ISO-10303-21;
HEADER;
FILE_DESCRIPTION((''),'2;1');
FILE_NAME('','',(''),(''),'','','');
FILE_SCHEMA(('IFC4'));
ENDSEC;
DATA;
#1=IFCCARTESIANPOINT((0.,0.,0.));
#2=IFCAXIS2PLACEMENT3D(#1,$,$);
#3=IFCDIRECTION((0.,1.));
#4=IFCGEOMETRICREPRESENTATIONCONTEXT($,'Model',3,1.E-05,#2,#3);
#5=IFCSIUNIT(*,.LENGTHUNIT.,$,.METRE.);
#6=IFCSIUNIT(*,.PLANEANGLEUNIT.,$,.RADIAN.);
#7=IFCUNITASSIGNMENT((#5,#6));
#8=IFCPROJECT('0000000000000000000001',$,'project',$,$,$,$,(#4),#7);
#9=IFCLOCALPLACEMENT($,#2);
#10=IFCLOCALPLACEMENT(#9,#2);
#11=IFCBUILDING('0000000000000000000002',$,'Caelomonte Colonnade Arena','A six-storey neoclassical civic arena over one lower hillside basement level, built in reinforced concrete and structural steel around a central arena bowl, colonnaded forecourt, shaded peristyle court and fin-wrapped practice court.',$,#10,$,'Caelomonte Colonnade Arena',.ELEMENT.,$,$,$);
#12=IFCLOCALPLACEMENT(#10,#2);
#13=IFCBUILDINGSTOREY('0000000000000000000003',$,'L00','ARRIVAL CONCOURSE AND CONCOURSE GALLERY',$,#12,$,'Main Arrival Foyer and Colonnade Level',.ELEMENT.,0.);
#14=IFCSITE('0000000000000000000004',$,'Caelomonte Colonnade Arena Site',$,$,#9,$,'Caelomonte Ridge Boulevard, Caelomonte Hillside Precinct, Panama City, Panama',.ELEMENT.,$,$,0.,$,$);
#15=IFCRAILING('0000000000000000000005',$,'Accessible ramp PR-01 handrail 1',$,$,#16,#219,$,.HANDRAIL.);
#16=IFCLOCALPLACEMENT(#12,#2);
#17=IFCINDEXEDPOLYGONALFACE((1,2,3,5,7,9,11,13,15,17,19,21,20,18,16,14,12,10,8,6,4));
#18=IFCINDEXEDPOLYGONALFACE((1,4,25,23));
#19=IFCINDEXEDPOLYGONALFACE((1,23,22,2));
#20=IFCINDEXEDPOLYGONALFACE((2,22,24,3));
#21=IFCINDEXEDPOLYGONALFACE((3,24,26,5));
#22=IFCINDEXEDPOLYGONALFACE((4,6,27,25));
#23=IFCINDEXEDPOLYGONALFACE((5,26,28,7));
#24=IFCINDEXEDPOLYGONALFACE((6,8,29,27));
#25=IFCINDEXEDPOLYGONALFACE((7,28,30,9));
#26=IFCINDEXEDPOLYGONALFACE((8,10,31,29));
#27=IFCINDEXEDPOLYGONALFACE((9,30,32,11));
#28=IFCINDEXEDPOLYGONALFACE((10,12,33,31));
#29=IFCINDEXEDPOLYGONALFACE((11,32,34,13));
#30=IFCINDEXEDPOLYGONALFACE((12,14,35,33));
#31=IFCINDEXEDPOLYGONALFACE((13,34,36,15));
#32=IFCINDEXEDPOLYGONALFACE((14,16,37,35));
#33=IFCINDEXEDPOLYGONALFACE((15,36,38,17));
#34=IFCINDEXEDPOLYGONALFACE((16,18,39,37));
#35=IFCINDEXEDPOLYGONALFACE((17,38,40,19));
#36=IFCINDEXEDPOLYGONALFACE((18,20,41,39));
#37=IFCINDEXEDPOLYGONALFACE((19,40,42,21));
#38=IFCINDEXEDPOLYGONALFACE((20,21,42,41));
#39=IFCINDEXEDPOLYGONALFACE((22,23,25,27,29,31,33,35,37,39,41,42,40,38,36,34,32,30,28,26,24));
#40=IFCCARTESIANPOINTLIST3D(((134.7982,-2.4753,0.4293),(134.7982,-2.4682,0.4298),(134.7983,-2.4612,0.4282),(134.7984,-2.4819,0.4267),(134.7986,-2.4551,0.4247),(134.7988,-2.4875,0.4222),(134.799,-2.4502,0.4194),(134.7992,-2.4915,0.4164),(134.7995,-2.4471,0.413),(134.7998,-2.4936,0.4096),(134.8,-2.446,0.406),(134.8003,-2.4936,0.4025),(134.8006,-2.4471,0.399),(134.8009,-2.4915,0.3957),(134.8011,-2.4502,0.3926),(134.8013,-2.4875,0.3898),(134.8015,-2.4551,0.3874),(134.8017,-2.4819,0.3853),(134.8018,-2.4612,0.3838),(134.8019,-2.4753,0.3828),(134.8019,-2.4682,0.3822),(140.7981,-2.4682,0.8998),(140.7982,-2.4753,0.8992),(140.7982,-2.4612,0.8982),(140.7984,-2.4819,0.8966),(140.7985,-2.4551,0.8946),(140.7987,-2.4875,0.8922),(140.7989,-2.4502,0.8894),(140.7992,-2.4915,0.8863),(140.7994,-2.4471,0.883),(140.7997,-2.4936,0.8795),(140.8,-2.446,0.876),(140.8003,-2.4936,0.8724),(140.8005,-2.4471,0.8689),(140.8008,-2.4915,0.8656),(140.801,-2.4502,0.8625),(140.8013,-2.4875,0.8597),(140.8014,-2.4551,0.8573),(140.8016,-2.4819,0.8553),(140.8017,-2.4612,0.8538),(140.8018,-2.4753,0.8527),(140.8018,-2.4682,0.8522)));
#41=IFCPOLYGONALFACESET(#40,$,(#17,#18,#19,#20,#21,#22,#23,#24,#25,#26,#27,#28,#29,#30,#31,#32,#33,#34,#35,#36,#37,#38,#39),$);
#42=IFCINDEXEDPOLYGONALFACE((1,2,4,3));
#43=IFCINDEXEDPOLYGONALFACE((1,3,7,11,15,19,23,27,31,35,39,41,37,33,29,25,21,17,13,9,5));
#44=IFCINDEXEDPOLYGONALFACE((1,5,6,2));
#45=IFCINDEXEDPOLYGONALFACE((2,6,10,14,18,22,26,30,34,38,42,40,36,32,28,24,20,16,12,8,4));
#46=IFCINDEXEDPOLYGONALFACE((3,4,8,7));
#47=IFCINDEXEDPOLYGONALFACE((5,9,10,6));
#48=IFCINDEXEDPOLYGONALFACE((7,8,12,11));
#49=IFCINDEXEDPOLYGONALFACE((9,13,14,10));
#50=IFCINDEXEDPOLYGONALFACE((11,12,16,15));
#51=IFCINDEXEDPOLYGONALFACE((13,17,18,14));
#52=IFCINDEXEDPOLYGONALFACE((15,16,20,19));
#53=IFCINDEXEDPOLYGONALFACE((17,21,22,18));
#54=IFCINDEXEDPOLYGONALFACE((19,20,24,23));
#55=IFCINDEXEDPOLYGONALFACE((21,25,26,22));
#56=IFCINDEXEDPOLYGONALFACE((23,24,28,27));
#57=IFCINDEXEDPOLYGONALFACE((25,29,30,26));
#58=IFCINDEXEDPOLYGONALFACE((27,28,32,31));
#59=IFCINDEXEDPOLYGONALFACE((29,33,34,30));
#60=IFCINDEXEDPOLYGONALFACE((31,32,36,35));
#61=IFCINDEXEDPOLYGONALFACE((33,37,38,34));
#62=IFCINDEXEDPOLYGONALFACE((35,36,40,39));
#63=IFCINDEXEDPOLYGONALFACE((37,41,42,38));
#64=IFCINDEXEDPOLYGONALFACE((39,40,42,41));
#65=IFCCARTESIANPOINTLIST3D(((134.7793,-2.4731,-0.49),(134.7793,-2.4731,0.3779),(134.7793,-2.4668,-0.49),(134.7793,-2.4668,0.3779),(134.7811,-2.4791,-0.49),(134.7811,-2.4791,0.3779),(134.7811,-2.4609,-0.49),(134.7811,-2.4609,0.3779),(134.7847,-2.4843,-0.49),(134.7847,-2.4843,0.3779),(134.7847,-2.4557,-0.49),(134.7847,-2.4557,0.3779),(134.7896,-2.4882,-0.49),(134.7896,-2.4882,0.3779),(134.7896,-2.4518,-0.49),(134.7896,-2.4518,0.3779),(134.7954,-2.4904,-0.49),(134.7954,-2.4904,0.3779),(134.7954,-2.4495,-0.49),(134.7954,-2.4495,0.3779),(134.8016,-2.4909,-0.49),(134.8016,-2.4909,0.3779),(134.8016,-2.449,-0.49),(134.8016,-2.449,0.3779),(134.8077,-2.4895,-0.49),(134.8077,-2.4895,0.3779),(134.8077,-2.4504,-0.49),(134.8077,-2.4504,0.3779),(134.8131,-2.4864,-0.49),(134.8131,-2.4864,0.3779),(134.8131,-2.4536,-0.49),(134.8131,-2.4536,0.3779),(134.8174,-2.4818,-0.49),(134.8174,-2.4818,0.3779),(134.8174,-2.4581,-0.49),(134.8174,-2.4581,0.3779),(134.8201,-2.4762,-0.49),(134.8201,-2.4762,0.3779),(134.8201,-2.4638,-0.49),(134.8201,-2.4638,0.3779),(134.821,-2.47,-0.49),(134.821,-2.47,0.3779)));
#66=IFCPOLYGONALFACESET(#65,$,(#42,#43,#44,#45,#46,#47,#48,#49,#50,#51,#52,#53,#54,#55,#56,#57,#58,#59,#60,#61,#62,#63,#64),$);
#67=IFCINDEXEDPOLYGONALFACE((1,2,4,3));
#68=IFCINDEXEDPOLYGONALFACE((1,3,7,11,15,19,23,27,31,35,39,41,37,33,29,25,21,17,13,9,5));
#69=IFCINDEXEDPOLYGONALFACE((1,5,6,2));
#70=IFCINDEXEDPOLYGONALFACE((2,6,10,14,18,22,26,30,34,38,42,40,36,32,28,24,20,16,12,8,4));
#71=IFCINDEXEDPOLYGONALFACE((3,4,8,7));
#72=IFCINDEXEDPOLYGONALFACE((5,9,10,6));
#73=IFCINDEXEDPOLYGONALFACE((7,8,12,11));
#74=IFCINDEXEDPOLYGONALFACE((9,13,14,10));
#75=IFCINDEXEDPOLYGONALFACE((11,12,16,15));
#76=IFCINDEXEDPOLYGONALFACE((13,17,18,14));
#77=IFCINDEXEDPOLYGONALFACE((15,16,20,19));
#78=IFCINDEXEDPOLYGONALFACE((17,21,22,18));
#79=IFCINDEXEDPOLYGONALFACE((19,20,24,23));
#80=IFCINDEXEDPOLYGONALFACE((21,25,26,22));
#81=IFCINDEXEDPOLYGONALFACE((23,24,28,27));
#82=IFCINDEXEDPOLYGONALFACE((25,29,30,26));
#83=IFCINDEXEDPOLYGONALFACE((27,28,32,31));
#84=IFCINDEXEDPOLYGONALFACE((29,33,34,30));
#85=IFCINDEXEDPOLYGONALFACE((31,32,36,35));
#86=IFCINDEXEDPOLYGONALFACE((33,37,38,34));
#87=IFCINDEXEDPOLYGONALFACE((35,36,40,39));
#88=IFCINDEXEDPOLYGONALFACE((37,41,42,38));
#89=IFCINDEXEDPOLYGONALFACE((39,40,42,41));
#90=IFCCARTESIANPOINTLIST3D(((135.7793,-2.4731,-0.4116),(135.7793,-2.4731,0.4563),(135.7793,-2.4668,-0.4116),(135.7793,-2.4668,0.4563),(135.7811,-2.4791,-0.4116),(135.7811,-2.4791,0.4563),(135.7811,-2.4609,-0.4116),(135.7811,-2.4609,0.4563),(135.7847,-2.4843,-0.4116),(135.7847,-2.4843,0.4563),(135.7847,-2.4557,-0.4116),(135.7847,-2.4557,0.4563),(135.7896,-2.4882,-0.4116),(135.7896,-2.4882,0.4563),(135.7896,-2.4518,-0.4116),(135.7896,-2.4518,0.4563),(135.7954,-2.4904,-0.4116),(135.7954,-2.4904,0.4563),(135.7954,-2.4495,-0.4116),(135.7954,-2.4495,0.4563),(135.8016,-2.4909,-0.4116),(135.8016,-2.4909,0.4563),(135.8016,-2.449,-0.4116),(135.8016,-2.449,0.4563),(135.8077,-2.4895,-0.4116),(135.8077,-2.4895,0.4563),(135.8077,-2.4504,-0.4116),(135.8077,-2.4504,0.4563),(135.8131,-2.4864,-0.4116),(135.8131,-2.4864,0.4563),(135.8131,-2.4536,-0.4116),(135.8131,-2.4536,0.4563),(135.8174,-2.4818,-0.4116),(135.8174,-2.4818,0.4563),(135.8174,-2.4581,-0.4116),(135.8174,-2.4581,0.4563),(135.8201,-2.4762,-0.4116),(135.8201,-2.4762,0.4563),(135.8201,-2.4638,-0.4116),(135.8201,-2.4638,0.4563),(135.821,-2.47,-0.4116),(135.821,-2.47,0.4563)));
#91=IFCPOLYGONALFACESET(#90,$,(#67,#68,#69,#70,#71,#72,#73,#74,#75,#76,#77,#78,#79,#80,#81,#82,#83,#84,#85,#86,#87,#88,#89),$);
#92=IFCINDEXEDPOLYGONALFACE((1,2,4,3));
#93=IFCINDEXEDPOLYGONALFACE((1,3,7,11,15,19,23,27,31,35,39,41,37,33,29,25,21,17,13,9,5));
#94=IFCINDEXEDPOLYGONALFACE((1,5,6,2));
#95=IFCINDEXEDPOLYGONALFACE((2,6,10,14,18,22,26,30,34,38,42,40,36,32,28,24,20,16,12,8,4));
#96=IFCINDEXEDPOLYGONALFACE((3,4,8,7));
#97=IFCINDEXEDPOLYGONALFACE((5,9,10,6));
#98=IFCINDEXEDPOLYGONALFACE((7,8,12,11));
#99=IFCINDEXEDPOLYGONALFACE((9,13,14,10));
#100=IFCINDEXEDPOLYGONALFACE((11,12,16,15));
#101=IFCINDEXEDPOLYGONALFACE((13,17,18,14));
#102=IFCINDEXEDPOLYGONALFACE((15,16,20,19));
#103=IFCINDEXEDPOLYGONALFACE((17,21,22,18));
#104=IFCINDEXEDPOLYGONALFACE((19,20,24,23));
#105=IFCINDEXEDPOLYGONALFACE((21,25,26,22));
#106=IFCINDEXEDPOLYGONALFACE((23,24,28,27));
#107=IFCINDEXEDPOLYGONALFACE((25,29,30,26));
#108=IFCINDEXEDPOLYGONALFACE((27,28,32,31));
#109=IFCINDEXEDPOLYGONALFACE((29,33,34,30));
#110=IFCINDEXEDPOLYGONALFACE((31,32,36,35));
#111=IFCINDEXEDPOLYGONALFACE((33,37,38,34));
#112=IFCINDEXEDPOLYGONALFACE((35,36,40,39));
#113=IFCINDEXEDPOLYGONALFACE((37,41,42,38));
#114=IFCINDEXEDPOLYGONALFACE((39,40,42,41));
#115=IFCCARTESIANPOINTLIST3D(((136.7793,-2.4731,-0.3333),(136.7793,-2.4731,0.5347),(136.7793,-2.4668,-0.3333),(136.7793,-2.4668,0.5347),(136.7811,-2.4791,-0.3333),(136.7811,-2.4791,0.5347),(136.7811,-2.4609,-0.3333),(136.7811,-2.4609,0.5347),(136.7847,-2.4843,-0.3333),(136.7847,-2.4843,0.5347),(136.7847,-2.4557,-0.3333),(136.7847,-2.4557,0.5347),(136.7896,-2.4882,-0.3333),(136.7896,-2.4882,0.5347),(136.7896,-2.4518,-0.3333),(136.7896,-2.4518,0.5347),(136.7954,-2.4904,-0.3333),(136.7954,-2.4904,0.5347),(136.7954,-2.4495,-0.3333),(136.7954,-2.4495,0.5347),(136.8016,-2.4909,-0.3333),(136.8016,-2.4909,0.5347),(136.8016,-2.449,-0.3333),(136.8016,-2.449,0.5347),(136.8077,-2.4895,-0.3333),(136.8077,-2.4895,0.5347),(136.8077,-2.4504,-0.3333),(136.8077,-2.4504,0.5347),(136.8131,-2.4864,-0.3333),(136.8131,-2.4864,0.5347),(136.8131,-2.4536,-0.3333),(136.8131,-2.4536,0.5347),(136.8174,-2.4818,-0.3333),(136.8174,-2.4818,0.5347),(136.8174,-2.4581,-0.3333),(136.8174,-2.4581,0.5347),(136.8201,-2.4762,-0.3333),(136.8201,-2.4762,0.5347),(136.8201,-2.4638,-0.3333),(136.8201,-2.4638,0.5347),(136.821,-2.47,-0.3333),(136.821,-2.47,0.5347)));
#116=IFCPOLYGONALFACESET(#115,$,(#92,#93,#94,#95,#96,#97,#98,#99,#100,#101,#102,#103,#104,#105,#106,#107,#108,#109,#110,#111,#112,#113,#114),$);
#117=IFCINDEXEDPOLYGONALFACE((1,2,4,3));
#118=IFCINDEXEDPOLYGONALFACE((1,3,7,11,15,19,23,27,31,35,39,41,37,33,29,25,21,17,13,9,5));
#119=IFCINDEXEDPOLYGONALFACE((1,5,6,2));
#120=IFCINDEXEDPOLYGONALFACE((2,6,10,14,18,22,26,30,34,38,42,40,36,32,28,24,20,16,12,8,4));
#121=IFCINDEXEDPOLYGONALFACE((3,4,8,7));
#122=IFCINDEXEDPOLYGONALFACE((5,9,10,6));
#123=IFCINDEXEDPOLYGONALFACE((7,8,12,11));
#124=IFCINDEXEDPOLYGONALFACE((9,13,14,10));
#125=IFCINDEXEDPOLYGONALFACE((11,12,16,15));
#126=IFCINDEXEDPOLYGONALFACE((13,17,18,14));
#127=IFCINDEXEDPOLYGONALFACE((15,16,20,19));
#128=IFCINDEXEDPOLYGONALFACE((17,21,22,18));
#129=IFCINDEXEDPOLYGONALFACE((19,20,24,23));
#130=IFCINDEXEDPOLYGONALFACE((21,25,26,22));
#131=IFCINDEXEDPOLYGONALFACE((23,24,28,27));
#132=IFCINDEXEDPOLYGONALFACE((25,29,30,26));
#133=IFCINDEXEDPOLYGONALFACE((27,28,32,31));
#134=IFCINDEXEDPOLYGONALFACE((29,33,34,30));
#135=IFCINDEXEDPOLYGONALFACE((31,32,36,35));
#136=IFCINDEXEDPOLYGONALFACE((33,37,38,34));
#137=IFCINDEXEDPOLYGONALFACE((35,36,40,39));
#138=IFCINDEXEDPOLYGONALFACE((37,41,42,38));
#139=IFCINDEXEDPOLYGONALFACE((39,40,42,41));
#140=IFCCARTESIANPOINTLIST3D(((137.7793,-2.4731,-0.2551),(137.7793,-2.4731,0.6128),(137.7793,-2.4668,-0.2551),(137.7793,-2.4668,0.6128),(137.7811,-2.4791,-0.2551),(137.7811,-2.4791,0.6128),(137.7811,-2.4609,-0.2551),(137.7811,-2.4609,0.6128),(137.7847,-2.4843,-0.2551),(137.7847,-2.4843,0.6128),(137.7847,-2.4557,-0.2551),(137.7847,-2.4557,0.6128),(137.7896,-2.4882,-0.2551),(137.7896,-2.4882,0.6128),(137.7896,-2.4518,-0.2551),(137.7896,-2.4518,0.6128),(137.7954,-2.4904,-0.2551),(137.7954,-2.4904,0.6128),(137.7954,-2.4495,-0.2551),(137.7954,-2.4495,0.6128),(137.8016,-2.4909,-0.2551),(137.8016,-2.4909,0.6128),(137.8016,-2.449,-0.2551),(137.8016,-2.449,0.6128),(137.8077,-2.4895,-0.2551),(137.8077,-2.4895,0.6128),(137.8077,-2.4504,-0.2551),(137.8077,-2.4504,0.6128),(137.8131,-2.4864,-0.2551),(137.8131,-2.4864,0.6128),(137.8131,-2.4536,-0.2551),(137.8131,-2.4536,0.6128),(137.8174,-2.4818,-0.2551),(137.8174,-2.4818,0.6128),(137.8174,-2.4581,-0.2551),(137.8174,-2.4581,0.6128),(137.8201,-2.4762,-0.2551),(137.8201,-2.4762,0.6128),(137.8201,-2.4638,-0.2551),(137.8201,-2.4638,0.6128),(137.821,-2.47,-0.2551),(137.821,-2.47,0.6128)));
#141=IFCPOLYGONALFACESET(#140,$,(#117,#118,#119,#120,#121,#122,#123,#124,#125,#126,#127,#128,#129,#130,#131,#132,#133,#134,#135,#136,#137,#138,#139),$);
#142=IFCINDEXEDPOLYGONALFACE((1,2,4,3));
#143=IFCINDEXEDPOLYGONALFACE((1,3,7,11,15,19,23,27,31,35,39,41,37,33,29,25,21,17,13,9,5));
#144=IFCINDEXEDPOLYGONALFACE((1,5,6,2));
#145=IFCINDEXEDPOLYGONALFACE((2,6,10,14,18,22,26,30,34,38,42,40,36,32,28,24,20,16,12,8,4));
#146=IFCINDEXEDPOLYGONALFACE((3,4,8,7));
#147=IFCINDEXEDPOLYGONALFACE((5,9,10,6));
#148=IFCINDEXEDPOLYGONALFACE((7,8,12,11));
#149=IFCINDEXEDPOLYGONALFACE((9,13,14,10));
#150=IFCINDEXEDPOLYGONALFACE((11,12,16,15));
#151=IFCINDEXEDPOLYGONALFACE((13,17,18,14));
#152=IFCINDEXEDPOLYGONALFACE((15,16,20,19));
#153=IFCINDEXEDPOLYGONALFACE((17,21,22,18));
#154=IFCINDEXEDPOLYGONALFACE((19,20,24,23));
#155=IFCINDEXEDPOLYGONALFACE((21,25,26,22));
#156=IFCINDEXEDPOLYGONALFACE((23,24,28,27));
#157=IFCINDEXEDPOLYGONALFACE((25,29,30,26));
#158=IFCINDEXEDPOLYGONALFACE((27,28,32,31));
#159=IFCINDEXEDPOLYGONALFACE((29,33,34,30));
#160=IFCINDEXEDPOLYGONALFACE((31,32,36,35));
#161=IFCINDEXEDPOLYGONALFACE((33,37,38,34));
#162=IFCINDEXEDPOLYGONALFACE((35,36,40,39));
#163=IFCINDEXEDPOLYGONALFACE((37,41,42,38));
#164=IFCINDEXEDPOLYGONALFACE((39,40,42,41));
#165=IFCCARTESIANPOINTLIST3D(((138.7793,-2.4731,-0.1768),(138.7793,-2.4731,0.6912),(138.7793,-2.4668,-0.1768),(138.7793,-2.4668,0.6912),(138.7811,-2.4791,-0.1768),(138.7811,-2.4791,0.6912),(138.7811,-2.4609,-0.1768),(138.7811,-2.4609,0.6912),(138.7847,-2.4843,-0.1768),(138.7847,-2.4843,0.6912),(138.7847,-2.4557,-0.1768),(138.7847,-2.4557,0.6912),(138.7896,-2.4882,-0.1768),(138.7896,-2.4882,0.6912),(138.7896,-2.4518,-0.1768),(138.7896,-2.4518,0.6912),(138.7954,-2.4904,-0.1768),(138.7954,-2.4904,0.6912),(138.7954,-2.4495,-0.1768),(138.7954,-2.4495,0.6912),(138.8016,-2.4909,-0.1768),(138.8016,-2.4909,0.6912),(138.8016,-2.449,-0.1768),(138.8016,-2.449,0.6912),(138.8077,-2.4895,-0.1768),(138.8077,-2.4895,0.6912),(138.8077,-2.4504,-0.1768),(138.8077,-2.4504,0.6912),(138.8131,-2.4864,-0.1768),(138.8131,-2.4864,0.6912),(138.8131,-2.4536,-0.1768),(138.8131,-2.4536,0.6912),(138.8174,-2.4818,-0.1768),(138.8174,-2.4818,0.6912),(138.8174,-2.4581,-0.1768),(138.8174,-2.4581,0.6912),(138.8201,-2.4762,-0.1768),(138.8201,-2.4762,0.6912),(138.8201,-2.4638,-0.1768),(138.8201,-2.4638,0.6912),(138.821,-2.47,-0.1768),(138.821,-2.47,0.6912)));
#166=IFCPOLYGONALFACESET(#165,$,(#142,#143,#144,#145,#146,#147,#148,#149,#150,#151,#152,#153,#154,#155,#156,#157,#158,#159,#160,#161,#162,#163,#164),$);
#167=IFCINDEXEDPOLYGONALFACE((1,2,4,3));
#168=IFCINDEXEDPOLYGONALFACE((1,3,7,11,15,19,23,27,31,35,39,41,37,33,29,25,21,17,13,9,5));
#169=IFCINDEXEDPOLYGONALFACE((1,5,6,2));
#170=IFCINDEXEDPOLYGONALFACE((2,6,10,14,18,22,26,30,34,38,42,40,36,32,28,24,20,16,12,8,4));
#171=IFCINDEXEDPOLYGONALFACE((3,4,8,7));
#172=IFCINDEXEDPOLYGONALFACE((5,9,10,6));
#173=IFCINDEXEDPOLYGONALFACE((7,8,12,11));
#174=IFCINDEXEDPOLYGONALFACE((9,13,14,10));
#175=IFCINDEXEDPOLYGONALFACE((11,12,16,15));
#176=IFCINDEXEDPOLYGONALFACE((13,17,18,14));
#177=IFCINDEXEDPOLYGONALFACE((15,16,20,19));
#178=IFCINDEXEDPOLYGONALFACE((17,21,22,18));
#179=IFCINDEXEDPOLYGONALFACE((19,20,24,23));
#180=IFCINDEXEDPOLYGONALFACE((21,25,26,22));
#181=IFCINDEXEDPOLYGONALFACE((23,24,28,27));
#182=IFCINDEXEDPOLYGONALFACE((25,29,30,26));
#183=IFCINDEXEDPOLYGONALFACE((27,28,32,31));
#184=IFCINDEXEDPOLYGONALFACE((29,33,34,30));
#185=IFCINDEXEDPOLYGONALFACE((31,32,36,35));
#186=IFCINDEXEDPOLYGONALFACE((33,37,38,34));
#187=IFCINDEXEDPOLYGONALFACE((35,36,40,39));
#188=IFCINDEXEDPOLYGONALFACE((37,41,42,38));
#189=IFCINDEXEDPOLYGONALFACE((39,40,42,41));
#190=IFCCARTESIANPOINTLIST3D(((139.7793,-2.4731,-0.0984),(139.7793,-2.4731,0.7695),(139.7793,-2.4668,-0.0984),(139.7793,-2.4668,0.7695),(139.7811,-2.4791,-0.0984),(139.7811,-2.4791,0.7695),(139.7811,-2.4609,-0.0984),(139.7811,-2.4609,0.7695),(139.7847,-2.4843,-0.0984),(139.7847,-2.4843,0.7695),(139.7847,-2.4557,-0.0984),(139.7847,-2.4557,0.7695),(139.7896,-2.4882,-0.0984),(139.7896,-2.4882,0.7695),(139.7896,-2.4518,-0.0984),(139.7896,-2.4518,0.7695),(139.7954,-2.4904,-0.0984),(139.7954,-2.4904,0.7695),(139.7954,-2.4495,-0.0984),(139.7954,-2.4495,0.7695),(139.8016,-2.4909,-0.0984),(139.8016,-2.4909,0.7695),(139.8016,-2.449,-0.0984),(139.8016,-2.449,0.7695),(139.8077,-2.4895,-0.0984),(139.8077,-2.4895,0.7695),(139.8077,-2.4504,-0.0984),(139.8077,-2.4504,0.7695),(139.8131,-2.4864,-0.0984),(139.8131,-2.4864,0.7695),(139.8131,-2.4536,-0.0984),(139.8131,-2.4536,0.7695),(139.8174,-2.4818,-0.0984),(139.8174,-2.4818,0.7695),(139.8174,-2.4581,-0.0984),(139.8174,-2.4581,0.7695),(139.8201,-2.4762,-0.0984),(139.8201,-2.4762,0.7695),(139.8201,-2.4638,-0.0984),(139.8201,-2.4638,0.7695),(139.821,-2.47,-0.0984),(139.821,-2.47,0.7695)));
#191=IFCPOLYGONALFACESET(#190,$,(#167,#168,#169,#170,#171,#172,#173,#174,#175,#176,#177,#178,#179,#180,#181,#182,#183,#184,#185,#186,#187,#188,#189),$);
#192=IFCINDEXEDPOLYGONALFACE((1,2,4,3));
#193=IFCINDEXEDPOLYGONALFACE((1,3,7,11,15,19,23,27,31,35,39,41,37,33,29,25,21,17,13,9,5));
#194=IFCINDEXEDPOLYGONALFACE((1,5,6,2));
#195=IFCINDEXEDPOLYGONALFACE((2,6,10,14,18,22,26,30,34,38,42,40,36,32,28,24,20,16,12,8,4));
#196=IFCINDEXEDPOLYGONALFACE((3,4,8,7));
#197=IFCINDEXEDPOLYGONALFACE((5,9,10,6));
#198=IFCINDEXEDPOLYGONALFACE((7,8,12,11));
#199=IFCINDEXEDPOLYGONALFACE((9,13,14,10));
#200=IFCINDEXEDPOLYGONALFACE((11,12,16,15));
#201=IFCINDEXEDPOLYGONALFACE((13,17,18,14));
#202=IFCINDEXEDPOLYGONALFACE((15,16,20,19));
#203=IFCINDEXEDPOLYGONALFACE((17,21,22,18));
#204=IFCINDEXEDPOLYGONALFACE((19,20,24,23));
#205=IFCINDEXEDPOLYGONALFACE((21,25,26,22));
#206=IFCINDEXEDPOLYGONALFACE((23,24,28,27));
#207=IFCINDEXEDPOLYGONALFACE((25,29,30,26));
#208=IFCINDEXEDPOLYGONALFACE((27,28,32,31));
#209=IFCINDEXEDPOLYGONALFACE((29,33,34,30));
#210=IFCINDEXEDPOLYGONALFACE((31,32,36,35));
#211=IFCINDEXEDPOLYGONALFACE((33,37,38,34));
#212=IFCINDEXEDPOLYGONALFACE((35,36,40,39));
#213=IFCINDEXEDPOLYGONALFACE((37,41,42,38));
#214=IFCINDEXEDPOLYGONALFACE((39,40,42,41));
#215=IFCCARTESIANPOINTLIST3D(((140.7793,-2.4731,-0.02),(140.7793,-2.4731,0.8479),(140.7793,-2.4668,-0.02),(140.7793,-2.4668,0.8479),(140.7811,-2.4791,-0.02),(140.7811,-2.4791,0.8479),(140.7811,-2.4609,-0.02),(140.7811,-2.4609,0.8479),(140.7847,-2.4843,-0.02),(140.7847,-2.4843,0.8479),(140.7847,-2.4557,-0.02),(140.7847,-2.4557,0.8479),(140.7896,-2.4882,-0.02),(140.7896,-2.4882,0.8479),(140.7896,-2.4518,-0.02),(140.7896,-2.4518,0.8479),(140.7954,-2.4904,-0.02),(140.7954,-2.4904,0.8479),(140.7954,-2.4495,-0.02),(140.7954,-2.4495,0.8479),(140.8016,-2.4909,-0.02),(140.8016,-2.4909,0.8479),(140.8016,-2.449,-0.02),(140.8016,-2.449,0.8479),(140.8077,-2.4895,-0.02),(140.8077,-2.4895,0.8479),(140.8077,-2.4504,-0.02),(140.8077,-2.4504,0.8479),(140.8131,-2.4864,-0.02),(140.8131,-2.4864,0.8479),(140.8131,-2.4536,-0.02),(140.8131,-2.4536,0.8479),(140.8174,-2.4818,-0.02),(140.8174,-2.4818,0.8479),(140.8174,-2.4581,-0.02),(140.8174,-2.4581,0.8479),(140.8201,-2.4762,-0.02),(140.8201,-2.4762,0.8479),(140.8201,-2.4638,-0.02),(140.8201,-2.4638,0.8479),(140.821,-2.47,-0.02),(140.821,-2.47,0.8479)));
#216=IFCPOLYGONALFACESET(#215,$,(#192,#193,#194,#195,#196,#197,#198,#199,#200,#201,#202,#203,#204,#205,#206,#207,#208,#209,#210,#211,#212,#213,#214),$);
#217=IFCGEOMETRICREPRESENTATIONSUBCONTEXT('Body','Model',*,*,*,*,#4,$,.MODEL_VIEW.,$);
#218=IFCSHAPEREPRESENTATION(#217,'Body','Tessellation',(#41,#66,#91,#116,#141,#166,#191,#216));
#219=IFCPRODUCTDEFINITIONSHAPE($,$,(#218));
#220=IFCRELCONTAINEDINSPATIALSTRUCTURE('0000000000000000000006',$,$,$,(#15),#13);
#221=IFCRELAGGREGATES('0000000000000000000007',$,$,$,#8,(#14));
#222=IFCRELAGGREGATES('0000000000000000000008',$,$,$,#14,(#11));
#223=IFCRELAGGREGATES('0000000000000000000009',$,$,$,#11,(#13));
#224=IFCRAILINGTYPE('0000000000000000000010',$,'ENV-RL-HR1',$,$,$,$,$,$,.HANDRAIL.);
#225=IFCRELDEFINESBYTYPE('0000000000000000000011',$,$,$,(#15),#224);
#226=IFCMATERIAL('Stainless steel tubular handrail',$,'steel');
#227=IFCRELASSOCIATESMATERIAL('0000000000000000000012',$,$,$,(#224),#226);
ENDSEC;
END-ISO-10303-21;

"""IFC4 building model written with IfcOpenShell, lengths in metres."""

from ifc_helpers import new_model, si_unit, direction, frame, origin, origin_2d, place, context, subcontext, project, spatial, circle, extrude, material, type_object, element, save


model = new_model("IFC4")

# Units and contexts
model_context = context("Model", 3, precision=1e-05, world=origin(), true_north=direction((0.0, 1.0)))
body_context = subcontext(model_context, "Body", "Model", "MODEL_VIEW")
ifc_project = project(units=[si_unit("LENGTHUNIT", "METRE"), si_unit("PLANEANGLEUNIT", "RADIAN")], contexts=[model_context])

# Site, building, storey
site_placement = place(None, origin())
site = spatial("IfcSite", under=ifc_project, at=site_placement, Name="Caelomonte Colonnade Arena Site", LongName="Caelomonte Ridge Boulevard, Caelomonte Hillside Precinct, Panama City, Panama", CompositionType="ELEMENT", RefElevation=0.0)
building_placement = place(site_placement, origin())
building = spatial("IfcBuilding", under=site, at=building_placement, Name="Caelomonte Colonnade Arena", Description="A six-storey neoclassical civic arena over one lower hillside basement level, built in reinforced concrete and structural steel around a central arena bowl, colonnaded forecourt, shaded peristyle court and fin-wrapped practice court.", LongName="Caelomonte Colonnade Arena", CompositionType="ELEMENT")
storey_placement = place(building_placement, origin())
storey = spatial("IfcBuildingStorey", under=building, at=storey_placement, Name="L00", Description="ARRIVAL CONCOURSE AND CONCOURSE GALLERY", LongName="Main Arrival Foyer and Colonnade Level", CompositionType="ELEMENT", Elevation=0.0)

# Railing
ifc_material_1 = material(Name="Stainless steel tubular handrail", Category="steel")
railing_type = type_object("IfcRailingType", Name="ENV-RL-HR1", PredefinedType="HANDRAIL", material=ifc_material_1)
for number, where, name in (
    (1, (134.8, -2.47, -0.49), "Accessible ramp PR-01 handrail 1"),
):
    element("IfcRailing", number, at=place(storey_placement, frame(where)), inside=storey, type_object=railing_type, Name=name, PredefinedType="HANDRAIL", context=body_context, shape_type="SweptSolid", body=[
        extrude(circle(Radius=0.0239, at=origin_2d()), frame((0.0, 0.0, 0.896), z_axis=(0.996946, 0.0, 0.078089), x_axis=(0.0, 1.0, 0.0)), (0.0, 0.0, 1.0), 6.0183),
        extrude(circle(Radius=0.021, at=origin_2d()), origin(), (0.0, 0.0, 1.0), 0.8679),
        extrude(circle(Radius=0.021, at=origin_2d()), frame((1.0, 0.0, 0.0784)), (0.0, 0.0, 1.0), 0.8679),
        extrude(circle(Radius=0.021, at=origin_2d()), frame((2.0, 0.0, 0.1567)), (0.0, 0.0, 1.0), 0.8679),
        extrude(circle(Radius=0.021, at=origin_2d()), frame((3.0, 0.0, 0.2349)), (0.0, 0.0, 1.0), 0.8679),
        extrude(circle(Radius=0.021, at=origin_2d()), frame((4.0, 0.0, 0.3132)), (0.0, 0.0, 1.0), 0.8679),
        extrude(circle(Radius=0.021, at=origin_2d()), frame((5.0, 0.0, 0.3916)), (0.0, 0.0, 1.0), 0.8679),
        extrude(circle(Radius=0.021, at=origin_2d()), frame((6.0, 0.0, 0.47)), (0.0, 0.0, 1.0), 0.8679),
    ])

save(model, "model.ifc")
